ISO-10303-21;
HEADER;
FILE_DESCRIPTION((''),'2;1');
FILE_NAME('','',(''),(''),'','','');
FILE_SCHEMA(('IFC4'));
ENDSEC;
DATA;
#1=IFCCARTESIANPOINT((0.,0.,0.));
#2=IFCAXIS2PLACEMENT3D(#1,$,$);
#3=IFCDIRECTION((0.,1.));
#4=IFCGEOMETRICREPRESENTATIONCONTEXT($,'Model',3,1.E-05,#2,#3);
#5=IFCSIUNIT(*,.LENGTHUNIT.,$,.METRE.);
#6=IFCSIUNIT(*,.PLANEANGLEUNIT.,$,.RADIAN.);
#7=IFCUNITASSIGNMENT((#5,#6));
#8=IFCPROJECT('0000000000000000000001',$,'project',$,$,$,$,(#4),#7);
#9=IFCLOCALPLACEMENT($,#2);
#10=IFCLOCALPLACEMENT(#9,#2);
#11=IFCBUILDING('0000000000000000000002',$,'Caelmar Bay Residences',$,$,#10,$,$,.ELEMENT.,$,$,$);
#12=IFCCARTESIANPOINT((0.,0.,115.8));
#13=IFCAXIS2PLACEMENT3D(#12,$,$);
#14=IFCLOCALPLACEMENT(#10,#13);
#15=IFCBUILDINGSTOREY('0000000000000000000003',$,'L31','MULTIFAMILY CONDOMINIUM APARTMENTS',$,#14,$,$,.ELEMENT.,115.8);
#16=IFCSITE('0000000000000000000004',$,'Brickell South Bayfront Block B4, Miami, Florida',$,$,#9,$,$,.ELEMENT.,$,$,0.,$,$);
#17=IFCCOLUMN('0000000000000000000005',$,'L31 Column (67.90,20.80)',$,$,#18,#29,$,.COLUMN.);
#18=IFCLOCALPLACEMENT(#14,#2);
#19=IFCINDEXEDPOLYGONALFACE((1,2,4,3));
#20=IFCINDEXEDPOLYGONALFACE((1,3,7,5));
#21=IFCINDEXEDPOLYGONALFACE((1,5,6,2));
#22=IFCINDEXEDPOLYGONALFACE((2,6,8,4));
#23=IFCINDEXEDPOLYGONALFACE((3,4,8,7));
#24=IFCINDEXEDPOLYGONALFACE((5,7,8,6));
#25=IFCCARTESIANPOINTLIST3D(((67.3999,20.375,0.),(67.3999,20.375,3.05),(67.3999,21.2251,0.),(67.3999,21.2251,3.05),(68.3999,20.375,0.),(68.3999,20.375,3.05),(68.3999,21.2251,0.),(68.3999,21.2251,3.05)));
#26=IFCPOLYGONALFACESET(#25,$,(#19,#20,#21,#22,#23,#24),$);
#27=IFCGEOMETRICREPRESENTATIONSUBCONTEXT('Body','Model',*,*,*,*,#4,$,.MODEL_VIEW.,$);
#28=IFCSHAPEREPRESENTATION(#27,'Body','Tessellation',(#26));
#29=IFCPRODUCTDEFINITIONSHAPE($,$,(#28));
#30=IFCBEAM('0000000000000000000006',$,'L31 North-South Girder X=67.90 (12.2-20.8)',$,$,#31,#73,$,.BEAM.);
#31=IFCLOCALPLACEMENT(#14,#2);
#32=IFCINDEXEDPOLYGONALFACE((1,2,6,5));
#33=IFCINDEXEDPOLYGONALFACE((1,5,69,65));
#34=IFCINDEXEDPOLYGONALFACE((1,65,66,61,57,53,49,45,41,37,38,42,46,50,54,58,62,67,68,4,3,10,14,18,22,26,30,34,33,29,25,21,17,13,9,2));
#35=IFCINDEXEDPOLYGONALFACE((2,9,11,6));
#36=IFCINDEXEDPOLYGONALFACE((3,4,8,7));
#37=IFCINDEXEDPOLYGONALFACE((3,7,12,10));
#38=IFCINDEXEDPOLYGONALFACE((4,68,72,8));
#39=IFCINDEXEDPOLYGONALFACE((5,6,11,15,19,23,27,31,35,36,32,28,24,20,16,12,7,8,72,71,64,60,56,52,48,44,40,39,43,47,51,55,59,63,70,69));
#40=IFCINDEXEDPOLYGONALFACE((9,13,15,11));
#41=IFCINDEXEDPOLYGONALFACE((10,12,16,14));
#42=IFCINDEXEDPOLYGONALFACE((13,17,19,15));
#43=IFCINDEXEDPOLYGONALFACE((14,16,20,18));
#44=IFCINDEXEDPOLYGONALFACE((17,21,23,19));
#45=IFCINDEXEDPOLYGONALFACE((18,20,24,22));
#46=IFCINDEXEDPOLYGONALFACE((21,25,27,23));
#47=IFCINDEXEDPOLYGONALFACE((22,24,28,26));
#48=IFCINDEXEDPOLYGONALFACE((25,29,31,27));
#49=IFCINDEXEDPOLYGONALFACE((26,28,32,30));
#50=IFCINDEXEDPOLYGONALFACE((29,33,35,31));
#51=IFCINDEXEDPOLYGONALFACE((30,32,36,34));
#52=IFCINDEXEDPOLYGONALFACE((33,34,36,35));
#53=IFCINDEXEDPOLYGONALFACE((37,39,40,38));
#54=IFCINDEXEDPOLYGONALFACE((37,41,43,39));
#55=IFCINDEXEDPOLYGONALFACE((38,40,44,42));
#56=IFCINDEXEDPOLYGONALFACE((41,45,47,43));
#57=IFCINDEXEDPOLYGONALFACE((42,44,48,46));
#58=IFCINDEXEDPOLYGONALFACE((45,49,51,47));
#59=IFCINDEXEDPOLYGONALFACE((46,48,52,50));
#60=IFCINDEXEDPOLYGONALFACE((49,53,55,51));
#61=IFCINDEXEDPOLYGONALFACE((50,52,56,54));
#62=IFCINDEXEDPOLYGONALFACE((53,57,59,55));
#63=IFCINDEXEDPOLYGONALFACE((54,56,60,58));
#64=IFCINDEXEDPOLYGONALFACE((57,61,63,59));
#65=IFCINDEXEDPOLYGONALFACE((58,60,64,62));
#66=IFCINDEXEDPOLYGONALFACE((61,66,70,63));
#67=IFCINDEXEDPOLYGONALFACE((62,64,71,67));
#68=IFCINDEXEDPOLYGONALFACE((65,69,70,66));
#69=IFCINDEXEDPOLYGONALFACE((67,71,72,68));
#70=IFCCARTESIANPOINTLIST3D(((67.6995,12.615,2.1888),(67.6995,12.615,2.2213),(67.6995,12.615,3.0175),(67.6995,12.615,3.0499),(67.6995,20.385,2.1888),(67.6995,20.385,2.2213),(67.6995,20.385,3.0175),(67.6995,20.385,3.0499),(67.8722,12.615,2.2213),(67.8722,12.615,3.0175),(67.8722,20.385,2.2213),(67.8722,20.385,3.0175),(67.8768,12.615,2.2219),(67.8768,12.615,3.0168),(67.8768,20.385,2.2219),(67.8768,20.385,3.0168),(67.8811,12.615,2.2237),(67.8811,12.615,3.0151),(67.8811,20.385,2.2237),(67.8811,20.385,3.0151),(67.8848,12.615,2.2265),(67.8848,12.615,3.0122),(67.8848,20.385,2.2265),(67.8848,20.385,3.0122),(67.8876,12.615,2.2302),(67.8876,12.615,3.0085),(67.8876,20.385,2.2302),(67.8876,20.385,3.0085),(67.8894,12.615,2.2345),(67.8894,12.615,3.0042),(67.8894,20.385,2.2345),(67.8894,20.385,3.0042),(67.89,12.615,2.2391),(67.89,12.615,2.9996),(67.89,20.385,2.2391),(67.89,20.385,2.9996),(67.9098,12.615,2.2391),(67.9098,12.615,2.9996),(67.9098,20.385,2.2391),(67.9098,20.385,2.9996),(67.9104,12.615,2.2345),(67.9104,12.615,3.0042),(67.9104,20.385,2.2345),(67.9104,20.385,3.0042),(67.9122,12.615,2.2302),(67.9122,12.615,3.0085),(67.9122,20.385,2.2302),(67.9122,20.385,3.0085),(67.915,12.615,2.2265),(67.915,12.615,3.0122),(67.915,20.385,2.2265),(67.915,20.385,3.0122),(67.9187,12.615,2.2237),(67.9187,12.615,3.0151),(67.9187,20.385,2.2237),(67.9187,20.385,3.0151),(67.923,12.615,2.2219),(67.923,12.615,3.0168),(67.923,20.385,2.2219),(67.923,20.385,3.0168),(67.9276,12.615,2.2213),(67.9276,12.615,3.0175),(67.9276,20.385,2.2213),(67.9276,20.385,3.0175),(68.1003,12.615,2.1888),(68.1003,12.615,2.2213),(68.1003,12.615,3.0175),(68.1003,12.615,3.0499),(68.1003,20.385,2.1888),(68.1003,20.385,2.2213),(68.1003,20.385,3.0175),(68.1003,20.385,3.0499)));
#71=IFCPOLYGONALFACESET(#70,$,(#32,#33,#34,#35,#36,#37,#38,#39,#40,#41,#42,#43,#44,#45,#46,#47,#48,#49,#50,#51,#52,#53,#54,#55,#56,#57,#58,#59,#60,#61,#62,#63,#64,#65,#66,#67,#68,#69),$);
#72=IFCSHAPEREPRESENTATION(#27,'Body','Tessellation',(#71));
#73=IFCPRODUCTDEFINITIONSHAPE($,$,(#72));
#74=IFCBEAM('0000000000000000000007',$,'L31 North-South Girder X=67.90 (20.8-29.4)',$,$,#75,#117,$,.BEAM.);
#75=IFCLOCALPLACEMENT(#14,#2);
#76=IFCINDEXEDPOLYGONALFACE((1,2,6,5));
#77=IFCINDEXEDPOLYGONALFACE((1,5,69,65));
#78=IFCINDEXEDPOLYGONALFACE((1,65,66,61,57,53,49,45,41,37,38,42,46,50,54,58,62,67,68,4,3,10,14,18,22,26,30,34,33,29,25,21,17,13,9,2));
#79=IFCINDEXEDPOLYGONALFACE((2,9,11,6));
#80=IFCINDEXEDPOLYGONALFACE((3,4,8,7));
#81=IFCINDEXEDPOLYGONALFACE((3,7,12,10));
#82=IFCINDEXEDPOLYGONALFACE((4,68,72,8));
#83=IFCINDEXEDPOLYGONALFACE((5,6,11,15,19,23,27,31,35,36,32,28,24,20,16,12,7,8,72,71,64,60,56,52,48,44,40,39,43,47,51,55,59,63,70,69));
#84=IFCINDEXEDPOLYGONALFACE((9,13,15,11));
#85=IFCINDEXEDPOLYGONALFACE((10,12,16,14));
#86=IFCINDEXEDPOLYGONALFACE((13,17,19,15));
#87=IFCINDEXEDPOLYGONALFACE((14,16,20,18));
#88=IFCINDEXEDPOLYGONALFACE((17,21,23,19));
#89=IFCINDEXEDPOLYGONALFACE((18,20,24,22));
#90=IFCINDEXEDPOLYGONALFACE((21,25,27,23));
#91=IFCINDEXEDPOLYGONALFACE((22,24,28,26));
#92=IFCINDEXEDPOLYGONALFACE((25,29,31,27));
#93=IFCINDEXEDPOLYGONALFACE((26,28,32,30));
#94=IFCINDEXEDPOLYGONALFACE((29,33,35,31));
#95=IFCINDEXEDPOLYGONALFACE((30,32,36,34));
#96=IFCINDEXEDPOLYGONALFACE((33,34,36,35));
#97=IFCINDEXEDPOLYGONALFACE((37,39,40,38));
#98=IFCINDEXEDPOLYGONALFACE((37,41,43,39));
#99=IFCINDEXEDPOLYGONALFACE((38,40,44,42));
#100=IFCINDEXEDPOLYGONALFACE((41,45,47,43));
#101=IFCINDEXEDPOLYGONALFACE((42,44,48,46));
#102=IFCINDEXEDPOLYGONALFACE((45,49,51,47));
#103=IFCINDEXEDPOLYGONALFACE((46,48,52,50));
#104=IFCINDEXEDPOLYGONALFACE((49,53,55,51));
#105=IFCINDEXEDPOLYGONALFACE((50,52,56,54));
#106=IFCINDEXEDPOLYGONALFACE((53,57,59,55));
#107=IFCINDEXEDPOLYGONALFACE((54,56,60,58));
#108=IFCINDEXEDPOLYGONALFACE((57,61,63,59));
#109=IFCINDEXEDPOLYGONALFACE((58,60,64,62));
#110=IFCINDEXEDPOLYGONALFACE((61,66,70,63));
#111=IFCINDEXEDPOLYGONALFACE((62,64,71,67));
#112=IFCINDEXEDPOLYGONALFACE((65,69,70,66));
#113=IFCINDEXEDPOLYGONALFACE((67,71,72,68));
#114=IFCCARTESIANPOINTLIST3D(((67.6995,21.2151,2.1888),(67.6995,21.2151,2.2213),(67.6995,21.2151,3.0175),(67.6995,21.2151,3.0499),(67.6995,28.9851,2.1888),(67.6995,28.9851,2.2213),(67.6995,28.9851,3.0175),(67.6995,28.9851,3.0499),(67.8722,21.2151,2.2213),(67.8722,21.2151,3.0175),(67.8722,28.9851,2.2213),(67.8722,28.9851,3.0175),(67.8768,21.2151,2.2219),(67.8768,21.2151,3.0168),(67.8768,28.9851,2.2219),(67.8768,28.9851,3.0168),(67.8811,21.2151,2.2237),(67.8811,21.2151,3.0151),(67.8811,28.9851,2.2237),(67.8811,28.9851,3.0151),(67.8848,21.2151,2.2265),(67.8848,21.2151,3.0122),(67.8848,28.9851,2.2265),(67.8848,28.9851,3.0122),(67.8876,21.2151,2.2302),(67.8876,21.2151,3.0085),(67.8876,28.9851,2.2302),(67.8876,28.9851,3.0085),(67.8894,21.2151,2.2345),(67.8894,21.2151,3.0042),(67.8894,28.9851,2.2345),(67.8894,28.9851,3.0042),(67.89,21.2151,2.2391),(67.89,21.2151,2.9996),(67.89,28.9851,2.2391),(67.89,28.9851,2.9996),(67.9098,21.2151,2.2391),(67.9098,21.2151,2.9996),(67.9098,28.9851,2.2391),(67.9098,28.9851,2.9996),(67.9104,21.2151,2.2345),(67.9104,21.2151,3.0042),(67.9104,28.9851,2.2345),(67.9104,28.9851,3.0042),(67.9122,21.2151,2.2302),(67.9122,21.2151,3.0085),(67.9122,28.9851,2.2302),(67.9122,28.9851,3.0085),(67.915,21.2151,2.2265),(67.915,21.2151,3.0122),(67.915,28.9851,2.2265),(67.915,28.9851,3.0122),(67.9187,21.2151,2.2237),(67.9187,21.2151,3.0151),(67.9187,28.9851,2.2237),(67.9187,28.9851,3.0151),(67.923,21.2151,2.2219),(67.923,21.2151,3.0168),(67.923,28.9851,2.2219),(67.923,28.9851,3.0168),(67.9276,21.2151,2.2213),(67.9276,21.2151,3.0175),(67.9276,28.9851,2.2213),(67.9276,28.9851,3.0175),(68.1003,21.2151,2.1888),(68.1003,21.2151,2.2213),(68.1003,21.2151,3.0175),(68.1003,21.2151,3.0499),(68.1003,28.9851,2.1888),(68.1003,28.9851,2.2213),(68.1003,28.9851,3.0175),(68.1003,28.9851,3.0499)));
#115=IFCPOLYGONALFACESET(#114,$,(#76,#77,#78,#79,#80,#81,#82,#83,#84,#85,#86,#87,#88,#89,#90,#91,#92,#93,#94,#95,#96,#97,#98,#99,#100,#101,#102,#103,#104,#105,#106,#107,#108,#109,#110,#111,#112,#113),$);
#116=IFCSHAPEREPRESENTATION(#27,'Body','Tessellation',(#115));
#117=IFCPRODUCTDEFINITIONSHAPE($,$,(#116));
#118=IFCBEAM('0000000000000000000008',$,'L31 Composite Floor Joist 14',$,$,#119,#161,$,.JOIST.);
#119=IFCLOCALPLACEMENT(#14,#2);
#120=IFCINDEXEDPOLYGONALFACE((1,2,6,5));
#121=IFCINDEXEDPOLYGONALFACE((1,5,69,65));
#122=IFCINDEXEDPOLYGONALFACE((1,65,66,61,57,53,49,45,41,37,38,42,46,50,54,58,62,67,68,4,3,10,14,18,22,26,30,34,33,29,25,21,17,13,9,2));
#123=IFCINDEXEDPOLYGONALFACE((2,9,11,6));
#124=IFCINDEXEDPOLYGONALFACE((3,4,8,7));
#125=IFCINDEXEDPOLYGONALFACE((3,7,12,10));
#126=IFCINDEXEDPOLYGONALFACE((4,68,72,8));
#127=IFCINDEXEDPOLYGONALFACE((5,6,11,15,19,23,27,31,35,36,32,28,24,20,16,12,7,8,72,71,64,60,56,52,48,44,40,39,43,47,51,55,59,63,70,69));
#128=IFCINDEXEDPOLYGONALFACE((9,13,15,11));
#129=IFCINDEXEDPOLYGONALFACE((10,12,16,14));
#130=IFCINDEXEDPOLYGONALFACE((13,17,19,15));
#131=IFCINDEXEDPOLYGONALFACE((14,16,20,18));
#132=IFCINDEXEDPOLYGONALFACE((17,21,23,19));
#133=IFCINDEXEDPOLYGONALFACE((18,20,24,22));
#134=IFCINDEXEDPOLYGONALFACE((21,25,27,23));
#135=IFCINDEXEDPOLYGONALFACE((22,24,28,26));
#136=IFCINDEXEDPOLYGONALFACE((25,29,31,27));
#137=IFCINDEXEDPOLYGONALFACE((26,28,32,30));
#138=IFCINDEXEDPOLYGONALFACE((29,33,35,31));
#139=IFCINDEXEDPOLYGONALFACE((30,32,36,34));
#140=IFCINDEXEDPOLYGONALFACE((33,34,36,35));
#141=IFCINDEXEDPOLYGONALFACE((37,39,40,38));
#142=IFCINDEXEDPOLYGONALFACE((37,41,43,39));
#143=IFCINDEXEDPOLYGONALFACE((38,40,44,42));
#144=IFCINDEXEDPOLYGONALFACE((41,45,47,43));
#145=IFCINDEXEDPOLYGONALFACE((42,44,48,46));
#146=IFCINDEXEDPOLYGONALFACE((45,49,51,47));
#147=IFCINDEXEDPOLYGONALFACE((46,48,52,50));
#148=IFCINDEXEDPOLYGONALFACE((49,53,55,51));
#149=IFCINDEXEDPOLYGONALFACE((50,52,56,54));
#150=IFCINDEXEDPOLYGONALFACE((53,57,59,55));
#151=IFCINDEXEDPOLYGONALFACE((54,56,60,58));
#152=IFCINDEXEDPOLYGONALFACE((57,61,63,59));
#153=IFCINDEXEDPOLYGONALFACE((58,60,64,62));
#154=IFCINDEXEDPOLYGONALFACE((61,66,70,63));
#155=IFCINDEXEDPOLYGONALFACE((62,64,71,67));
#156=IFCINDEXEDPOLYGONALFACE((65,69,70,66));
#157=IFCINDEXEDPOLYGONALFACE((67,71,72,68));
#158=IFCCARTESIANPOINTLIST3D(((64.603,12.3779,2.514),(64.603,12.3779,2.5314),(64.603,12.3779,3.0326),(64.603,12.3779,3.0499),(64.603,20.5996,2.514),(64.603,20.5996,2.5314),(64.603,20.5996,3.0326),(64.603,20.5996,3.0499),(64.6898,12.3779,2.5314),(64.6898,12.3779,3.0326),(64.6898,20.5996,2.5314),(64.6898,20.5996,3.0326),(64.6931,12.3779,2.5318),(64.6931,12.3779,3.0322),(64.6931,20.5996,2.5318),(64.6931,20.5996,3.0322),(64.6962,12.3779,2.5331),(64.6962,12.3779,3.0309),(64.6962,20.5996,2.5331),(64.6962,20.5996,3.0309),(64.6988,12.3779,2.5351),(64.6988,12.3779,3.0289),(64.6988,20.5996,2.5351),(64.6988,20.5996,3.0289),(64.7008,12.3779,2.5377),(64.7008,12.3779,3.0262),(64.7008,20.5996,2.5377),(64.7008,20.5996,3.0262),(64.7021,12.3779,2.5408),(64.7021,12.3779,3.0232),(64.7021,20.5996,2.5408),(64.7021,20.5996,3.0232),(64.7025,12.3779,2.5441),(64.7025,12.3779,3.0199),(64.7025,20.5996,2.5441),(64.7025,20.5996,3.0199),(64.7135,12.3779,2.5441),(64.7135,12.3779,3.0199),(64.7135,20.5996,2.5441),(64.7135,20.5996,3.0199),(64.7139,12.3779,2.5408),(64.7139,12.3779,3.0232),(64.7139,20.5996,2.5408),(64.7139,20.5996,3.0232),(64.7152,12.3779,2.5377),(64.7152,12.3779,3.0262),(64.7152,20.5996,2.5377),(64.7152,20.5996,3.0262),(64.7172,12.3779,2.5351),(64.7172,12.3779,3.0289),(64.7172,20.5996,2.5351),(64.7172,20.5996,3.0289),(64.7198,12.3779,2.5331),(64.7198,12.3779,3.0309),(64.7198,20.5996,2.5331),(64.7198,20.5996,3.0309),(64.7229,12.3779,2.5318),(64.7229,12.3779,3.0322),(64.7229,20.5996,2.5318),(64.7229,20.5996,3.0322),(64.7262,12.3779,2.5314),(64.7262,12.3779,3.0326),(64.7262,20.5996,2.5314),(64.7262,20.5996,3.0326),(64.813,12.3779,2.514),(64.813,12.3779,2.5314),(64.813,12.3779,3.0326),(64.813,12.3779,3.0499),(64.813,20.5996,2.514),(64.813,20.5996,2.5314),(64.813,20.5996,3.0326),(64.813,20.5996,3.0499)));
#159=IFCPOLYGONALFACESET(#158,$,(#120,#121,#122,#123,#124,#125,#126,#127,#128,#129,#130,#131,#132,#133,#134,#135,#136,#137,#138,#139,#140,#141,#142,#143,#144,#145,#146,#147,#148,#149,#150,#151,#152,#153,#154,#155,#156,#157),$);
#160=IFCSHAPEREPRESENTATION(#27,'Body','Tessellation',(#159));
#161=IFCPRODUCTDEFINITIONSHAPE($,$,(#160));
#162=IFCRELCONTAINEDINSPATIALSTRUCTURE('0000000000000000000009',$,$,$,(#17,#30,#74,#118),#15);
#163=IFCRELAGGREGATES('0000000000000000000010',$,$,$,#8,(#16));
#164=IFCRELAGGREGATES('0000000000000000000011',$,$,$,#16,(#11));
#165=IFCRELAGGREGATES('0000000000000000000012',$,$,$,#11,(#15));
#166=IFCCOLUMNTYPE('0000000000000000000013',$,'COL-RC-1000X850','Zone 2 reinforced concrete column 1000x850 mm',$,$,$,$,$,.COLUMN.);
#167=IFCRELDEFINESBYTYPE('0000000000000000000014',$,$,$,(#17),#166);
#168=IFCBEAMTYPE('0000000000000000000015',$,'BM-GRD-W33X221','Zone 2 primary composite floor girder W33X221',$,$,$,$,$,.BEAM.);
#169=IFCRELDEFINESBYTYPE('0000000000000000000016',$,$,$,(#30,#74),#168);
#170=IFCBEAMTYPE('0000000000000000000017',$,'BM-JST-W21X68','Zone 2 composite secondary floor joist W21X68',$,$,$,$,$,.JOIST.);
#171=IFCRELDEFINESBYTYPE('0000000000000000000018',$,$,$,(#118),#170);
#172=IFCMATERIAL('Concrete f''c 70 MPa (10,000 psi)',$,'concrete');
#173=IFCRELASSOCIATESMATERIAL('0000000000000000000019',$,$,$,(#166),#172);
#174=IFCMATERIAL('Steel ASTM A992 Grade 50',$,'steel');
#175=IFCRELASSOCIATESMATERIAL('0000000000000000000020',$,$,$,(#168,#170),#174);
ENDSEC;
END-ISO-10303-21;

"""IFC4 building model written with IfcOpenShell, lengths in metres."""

from ifc_helpers import new_model, si_unit, direction, frame, origin, origin_2d, place, context, subcontext, project, spatial, rectangle, i_section, extrude, material, material_profile, profile_set, type_object, element, save


model = new_model("IFC4")

# Units and contexts
model_context = context("Model", 3, precision=1e-05, world=origin(), true_north=direction((0.0, 1.0)))
body_context = subcontext(model_context, "Body", "Model", "MODEL_VIEW")
ifc_project = project(units=[si_unit("LENGTHUNIT", "METRE"), si_unit("PLANEANGLEUNIT", "RADIAN")], contexts=[model_context])

# Site, building, storey
site_placement = place(None, origin())
site = spatial("IfcSite", under=ifc_project, at=site_placement, Name="Brickell South Bayfront Block B4, Miami, Florida", CompositionType="ELEMENT", RefElevation=0.0)
building_placement = place(site_placement, origin())
building = spatial("IfcBuilding", under=site, at=building_placement, Name="Caelmar Bay Residences", CompositionType="ELEMENT")
storey_placement = place(building_placement, frame((0.0, 0.0, 115.8)))
storey = spatial("IfcBuildingStorey", under=building, at=storey_placement, Name="L31", Description="MULTIFAMILY CONDOMINIUM APARTMENTS", CompositionType="ELEMENT", Elevation=115.8)

# Column
ifc_material_1 = material(Name="Concrete f'c 70 MPa (10,000 psi)", Category="concrete")
ifc_material_profile_1 = material_profile(ifc_material_1, rectangle(XDim=1.0, YDim=0.8501, at=origin_2d()), Name="RC-COL-1000X850")
ifc_profile_set_1 = profile_set([ifc_material_profile_1], Name="Concrete f'c 70 MPa (10,000 psi)")
column_type = type_object("IfcColumnType", Name="COL-RC-1000X850", Description="Zone 2 reinforced concrete column 1000x850 mm", PredefinedType="COLUMN", material=ifc_profile_set_1)
column_placement = place(storey_placement, frame((67.8999, 20.8, 0.0), z_axis=(0.0, 0.0, 1.0), x_axis=(1.0, 0.0, 0.0)))
element("IfcColumn", 1, at=column_placement, inside=storey, type_object=column_type, Name="L31 Column (67.90,20.80)", PredefinedType="COLUMN", context=body_context, shape_type="SweptSolid", body=[
    extrude(rectangle(XDim=1.0, YDim=0.8501, at=origin_2d()), origin(), (0.0, 0.0, 1.0), 3.05),
])

# Beams
ifc_material_2 = material(Name="Steel ASTM A992 Grade 50", Category="steel")
ifc_material_profile_2 = material_profile(ifc_material_2, i_section(OverallWidth=0.4009, OverallDepth=0.8611, WebThickness=0.0198, FlangeThickness=0.0325, FilletRadius=0.0178, at=origin_2d()), Name="W33X221")
ifc_profile_set_2 = profile_set([ifc_material_profile_2], Name="Steel ASTM A992 Grade 50")
beam_type_1 = type_object("IfcBeamType", Name="BM-GRD-W33X221", Description="Zone 2 primary composite floor girder W33X221", PredefinedType="BEAM", material=ifc_profile_set_2)
for number, where, z_axis, x_axis, name in (
    (2, (67.8999, 12.615, 2.6194), (0.0, 1.0, 0.0), (-1.0, 0.0, 0.0), "L31 North-South Girder X=67.90 (12.2-20.8)"),
    (3, (67.8999, 21.2151, 2.6194), (0.0, 1.0, 0.0), (-1.0, 0.0, 0.0), "L31 North-South Girder X=67.90 (20.8-29.4)"),
):
    element("IfcBeam", number, at=place(storey_placement, frame(where, z_axis=z_axis, x_axis=x_axis)), inside=storey, type_object=beam_type_1, Name=name, PredefinedType="BEAM", context=body_context, shape_type="SweptSolid", body=[
        extrude(i_section(OverallWidth=0.4009, OverallDepth=0.8611, WebThickness=0.0198, FlangeThickness=0.0325, FilletRadius=0.0178, at=origin_2d()), origin(), (0.0, 0.0, 1.0), 7.77),
    ])
ifc_material_profile_3 = material_profile(ifc_material_2, i_section(OverallWidth=0.21, OverallDepth=0.5359, WebThickness=0.011, FlangeThickness=0.0173, FilletRadius=0.0127, at=origin_2d()), Name="W21X68")
ifc_profile_set_3 = profile_set([ifc_material_profile_3], Name="Steel ASTM A992 Grade 50")
beam_type_2 = type_object("IfcBeamType", Name="BM-JST-W21X68", Description="Zone 2 composite secondary floor joist W21X68", PredefinedType="JOIST", material=ifc_profile_set_3)
beam_1_placement = place(storey_placement, frame((64.708, 12.3779, 2.782), z_axis=(0.0, 1.0, 0.0), x_axis=(-1.0, 0.0, 0.0)))
element("IfcBeam", 4, at=beam_1_placement, inside=storey, type_object=beam_type_2, Name="L31 Composite Floor Joist 14", PredefinedType="JOIST", context=body_context, shape_type="SweptSolid", body=[
    extrude(i_section(OverallWidth=0.21, OverallDepth=0.5359, WebThickness=0.011, FlangeThickness=0.0173, FilletRadius=0.0127, at=origin_2d()), origin(), (0.0, 0.0, 1.0), 8.2217),
])

save(model, "model.ifc")
